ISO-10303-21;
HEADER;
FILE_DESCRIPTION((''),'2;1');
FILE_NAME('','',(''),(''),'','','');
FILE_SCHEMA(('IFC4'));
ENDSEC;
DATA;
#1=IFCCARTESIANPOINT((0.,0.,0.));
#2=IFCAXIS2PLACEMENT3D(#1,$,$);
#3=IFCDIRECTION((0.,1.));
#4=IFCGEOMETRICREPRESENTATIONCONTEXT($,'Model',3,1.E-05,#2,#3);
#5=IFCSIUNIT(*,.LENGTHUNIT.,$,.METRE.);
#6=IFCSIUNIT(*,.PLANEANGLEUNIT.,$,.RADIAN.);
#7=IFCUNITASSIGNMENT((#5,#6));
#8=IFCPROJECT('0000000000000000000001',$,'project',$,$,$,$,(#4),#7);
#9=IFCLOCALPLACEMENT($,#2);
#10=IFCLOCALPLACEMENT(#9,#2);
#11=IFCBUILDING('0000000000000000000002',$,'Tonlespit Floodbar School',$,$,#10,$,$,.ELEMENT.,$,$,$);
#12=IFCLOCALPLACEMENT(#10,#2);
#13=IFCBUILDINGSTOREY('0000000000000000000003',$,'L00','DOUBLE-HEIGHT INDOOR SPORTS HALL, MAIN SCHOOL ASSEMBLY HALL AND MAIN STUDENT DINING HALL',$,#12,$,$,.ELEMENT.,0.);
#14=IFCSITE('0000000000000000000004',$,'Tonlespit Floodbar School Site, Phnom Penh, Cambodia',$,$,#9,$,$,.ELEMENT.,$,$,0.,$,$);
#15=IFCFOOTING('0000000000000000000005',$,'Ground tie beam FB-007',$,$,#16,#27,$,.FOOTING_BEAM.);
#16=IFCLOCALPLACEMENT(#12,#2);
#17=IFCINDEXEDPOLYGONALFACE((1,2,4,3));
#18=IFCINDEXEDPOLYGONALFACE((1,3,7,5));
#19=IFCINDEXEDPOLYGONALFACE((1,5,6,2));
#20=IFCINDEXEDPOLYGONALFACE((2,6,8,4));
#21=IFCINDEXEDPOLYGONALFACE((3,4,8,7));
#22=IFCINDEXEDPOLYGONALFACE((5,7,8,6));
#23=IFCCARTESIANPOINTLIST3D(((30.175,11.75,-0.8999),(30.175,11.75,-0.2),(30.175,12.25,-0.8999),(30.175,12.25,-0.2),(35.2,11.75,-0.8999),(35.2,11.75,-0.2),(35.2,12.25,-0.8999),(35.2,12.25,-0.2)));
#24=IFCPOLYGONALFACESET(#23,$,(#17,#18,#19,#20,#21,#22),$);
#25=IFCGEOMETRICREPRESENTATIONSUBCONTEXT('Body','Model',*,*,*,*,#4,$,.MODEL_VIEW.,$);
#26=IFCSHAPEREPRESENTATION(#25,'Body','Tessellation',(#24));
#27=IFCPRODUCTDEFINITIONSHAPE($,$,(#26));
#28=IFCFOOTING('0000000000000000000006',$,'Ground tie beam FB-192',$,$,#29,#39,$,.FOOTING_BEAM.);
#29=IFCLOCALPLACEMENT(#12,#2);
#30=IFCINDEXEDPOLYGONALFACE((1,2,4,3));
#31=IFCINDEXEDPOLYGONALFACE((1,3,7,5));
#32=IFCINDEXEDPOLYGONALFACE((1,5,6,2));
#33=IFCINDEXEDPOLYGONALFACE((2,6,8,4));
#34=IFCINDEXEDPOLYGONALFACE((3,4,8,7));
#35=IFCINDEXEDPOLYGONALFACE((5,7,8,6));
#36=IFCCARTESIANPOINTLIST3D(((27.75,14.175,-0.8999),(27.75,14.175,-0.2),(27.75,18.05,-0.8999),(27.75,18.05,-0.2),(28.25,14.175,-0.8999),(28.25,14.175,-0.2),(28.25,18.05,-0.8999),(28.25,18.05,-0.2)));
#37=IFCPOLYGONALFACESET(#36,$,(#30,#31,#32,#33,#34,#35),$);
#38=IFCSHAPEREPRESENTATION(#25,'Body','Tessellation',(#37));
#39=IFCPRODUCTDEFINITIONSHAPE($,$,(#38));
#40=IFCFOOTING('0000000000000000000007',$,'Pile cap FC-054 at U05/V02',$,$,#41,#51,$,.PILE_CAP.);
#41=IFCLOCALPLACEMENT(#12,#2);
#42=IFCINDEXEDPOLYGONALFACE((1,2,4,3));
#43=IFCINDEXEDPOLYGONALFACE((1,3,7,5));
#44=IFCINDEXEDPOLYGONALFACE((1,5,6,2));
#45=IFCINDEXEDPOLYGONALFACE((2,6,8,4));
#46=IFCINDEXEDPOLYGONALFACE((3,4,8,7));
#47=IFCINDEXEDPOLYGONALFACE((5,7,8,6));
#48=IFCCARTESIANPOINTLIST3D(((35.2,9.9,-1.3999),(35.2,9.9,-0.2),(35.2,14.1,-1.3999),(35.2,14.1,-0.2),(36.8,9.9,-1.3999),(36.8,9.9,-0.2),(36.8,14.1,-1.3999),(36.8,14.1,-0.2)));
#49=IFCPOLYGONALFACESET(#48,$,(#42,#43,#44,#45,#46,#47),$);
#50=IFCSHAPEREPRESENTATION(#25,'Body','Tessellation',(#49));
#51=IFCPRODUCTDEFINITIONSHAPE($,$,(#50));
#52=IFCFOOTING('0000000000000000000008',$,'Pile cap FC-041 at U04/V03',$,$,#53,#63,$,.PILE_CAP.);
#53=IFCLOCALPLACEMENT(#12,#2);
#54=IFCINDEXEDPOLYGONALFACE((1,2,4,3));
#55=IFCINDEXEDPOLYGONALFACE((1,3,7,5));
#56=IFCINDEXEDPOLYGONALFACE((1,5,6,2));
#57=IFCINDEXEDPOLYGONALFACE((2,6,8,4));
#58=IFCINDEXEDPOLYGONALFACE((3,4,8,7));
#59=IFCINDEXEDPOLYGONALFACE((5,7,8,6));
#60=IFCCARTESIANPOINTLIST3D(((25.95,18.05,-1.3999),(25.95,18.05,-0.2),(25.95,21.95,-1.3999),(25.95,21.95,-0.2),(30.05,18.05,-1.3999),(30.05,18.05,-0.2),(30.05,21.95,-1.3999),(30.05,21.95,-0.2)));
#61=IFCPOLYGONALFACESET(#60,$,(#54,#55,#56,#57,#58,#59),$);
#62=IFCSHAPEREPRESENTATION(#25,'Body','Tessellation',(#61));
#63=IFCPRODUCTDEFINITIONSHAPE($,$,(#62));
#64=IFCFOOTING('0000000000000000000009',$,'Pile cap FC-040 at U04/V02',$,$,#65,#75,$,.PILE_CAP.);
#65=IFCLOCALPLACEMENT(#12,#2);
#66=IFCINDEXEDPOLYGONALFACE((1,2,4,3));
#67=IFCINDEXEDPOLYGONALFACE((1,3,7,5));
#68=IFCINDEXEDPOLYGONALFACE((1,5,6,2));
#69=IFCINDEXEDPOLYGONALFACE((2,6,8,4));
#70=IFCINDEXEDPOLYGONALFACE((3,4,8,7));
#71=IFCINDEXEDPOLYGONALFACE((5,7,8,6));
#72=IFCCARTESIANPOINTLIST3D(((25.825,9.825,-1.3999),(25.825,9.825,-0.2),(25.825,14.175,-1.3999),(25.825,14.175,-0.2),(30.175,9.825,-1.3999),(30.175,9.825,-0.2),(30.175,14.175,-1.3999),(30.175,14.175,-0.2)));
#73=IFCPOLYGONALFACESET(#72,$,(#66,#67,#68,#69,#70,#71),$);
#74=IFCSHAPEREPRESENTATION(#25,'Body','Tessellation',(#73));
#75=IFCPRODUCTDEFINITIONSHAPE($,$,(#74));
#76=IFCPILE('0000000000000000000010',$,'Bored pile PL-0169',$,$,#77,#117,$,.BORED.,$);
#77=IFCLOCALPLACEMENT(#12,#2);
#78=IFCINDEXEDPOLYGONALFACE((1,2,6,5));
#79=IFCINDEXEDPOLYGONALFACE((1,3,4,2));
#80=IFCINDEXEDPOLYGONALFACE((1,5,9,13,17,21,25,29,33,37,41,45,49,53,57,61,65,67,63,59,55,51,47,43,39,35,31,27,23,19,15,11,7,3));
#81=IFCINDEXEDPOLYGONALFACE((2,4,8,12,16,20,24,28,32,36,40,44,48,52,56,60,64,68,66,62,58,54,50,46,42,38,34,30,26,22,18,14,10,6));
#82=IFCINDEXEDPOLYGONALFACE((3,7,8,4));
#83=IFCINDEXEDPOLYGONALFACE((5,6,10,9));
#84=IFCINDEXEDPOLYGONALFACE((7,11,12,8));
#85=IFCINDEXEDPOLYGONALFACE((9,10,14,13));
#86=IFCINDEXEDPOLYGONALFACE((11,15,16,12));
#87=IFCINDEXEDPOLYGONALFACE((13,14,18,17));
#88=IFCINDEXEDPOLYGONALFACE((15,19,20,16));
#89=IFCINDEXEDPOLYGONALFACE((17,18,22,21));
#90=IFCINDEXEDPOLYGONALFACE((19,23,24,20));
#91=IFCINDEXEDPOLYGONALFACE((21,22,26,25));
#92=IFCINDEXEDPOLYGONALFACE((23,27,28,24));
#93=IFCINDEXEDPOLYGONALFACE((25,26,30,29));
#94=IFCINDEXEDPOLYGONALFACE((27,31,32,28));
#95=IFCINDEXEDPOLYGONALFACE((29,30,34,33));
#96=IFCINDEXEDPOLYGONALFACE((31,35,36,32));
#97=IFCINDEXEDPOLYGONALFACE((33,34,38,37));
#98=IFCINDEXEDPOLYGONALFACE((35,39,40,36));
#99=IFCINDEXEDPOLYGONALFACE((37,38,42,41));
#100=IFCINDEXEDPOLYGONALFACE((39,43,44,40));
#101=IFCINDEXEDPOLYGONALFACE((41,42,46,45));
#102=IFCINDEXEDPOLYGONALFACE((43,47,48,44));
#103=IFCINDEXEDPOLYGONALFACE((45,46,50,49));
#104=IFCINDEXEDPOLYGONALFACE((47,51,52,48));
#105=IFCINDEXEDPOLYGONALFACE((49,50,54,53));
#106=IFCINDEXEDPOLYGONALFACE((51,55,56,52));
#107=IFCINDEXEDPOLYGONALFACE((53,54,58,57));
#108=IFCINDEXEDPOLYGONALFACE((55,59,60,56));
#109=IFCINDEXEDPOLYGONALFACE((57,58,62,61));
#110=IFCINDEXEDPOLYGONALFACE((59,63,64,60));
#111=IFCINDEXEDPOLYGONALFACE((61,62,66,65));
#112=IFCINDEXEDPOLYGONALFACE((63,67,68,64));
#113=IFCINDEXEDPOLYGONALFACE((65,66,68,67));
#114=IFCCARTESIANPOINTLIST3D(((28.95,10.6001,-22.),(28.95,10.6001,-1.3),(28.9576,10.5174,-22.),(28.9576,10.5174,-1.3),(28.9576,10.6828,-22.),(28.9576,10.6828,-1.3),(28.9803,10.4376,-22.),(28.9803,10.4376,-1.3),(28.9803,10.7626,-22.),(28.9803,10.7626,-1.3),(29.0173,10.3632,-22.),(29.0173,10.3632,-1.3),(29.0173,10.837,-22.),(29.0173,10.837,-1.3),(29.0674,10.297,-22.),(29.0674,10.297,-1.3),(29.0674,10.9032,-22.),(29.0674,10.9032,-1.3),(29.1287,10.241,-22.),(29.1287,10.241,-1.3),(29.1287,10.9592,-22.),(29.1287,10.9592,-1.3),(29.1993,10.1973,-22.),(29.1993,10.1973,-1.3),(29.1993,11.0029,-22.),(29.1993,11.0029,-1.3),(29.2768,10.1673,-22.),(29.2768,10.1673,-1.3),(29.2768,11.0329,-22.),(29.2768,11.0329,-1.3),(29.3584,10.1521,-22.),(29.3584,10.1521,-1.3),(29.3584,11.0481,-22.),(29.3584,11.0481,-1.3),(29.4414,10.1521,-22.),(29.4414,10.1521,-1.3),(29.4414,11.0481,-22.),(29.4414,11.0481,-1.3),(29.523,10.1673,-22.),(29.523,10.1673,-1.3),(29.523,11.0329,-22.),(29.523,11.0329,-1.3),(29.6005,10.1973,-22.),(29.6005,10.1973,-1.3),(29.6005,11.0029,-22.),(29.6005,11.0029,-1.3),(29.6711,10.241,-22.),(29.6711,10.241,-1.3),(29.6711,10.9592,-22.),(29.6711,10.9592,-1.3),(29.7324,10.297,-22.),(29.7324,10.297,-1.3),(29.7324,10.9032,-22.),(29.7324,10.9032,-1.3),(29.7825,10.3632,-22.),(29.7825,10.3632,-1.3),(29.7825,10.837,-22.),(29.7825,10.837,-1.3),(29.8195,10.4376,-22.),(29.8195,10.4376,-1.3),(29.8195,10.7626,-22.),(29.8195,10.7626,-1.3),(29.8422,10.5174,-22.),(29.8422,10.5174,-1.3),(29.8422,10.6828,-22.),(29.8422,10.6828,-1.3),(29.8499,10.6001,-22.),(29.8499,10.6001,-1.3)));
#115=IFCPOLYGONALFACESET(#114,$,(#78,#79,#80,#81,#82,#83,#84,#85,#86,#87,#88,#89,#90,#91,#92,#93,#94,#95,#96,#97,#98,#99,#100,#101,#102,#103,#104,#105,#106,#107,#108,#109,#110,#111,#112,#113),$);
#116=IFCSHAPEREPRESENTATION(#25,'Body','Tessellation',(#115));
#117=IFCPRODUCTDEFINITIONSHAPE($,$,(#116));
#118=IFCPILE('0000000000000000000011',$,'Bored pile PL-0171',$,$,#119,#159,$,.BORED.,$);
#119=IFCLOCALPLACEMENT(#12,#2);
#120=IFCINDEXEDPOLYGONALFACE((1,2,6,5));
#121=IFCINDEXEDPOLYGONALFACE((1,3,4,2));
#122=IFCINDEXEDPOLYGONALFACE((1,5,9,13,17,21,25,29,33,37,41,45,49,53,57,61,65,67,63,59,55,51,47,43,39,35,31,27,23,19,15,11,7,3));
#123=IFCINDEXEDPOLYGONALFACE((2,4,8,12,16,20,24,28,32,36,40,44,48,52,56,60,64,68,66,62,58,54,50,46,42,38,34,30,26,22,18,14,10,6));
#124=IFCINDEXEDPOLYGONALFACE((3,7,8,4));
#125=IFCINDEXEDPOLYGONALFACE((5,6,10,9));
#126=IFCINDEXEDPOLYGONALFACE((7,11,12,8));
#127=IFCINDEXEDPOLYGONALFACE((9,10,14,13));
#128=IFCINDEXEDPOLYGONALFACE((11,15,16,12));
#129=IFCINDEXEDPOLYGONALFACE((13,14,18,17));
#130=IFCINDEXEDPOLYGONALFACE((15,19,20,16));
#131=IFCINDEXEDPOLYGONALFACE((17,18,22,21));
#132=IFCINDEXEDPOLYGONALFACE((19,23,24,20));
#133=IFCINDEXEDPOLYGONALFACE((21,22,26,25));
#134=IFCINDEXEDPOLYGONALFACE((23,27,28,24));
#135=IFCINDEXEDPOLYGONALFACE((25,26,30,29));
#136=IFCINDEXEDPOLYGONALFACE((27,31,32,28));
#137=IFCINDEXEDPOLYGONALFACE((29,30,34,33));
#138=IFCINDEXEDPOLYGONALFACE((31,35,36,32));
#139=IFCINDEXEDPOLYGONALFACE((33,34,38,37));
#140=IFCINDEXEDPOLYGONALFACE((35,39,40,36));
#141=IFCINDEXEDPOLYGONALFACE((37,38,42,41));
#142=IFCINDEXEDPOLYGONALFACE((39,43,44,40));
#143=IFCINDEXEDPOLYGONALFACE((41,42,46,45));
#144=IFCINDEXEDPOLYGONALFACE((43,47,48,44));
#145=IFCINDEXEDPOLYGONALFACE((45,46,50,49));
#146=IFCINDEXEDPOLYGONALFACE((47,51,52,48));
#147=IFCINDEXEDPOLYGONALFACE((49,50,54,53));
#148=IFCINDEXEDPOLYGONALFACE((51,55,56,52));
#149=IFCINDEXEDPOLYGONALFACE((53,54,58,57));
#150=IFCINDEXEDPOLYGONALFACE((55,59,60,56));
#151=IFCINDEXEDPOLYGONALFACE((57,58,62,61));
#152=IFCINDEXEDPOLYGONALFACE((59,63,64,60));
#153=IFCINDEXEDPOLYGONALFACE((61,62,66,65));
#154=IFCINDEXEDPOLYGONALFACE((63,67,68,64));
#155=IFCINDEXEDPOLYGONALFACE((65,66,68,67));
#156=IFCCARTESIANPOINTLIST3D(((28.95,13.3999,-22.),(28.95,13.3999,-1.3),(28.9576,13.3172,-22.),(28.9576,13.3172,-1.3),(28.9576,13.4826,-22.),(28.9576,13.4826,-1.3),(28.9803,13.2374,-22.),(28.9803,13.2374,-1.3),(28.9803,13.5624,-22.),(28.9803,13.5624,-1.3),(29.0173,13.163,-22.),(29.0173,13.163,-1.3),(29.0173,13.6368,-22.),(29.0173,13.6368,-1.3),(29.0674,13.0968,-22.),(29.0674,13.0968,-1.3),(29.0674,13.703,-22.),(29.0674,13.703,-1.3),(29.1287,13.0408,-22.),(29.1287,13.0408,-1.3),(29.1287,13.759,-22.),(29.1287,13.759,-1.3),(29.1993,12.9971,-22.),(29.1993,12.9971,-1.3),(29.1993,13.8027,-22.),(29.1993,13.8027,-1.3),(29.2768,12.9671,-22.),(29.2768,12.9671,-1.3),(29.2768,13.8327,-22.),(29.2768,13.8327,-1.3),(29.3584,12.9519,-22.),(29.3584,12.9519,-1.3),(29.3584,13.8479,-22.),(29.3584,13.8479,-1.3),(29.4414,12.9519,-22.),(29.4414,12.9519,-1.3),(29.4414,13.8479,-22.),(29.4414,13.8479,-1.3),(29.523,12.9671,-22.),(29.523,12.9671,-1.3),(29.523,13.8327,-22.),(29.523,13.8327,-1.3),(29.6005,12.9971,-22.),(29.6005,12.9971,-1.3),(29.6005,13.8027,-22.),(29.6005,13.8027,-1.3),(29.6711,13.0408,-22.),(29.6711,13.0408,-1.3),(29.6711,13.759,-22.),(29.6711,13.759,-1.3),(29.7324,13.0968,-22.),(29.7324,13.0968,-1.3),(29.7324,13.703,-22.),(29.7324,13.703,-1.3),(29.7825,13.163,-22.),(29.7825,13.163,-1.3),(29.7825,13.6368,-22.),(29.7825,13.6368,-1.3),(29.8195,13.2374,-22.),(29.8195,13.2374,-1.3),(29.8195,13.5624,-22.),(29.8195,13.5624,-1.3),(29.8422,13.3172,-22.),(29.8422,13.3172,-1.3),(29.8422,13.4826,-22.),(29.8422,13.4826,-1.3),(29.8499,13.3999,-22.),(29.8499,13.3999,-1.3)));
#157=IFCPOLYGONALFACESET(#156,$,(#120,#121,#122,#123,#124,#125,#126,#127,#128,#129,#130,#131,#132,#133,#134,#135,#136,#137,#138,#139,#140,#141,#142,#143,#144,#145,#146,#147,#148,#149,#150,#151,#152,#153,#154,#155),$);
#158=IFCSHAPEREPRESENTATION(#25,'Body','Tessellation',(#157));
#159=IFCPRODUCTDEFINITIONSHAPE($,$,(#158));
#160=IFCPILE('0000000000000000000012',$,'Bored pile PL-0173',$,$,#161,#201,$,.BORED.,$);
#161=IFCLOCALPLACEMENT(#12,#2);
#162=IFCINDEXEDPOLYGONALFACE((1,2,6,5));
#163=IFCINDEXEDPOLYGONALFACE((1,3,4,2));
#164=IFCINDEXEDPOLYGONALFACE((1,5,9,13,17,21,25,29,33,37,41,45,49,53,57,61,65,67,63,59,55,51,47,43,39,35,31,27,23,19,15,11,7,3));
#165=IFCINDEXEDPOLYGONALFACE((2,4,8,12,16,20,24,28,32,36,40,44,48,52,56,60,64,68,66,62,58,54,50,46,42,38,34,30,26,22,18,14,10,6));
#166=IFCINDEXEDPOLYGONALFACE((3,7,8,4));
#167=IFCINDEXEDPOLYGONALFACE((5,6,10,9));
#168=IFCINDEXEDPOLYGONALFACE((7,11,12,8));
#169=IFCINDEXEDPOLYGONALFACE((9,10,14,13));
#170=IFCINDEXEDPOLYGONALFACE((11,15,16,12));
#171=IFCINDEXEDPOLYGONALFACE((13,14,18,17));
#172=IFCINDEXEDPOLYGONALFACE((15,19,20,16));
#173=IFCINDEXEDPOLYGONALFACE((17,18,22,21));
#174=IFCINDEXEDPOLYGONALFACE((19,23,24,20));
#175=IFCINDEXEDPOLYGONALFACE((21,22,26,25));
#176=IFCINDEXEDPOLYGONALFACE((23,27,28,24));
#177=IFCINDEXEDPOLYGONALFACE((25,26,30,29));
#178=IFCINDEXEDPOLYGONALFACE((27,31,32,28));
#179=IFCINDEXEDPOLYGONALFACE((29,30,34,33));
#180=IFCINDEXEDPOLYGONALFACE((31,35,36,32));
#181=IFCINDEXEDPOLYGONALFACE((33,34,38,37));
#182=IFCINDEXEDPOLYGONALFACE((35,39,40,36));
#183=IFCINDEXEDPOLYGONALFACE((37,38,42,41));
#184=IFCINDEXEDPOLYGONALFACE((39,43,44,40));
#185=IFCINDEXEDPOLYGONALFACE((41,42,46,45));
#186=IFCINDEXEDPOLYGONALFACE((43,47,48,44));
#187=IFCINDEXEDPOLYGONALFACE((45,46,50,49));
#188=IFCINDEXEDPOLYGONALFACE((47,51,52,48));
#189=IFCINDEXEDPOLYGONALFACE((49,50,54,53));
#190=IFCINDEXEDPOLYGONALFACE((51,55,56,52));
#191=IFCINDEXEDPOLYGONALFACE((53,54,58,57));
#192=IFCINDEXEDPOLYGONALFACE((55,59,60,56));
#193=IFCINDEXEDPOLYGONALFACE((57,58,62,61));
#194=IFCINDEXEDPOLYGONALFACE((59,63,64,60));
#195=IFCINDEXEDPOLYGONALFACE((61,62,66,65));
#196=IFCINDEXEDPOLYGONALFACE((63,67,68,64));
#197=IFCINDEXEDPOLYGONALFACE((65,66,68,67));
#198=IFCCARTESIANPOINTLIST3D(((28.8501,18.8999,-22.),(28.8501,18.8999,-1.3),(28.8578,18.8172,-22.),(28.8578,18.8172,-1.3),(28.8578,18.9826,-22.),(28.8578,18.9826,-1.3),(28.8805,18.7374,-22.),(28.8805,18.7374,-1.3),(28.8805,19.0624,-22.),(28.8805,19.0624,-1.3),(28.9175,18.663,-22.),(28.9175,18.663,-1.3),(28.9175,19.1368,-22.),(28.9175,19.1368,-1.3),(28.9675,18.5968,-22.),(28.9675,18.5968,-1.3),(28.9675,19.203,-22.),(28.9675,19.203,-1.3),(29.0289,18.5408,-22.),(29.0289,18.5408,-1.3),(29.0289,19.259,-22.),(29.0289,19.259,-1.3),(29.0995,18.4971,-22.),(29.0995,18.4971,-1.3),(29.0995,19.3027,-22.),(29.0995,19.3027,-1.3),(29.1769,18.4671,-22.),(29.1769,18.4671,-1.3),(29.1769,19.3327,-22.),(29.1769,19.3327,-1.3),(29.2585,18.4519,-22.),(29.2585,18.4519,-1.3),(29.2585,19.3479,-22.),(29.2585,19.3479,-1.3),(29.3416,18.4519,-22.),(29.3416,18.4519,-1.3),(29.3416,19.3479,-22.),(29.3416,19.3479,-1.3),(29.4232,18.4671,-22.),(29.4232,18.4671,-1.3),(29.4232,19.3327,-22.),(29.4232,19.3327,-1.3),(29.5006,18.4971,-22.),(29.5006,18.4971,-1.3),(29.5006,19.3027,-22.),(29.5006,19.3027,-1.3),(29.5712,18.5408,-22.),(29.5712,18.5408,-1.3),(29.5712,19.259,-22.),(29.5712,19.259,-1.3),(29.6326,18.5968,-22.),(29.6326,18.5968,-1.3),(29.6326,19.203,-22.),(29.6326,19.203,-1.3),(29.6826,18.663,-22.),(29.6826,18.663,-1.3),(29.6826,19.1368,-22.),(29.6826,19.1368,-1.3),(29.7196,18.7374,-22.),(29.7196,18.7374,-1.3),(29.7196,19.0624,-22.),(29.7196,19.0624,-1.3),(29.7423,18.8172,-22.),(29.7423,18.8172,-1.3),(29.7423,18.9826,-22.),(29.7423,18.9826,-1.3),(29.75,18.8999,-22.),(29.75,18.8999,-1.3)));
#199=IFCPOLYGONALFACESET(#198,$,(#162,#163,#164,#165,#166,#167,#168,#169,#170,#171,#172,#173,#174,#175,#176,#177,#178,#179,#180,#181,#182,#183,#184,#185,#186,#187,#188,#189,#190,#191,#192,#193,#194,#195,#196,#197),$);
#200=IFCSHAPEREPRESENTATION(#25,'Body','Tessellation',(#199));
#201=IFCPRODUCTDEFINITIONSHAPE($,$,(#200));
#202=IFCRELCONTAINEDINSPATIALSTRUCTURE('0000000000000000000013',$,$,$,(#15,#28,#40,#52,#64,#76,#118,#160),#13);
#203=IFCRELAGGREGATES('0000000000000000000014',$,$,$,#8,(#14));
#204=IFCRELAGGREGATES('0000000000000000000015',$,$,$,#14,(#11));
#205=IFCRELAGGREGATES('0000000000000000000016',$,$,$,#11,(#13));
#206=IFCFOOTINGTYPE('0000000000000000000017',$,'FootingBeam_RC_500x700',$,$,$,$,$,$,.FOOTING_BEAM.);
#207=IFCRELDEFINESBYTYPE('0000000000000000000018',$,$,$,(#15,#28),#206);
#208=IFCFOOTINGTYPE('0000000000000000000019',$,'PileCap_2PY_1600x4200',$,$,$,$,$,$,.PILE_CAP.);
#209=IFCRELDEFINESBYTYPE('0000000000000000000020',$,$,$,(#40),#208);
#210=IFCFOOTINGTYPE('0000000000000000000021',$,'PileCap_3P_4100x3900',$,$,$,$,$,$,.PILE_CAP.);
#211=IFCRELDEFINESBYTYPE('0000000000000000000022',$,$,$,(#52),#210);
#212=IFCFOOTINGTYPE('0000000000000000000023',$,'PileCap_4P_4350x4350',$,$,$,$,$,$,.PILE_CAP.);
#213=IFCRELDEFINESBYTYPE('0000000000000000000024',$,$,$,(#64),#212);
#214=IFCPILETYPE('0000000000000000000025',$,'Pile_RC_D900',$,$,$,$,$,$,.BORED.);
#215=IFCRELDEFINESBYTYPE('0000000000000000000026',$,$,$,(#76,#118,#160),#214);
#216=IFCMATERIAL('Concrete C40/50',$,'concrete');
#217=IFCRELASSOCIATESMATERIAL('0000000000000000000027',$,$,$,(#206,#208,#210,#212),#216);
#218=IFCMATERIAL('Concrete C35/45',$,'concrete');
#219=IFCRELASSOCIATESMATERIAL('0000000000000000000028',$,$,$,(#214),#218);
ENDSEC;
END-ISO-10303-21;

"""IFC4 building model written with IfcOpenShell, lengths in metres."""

from ifc_helpers import new_model, si_unit, direction, frame, origin, origin_2d, place, context, subcontext, project, spatial, rectangle, circle, extrude, material, material_profile, profile_set, type_object, element, save


model = new_model("IFC4")

# Units and contexts
model_context = context("Model", 3, precision=1e-05, world=origin(), true_north=direction((0.0, 1.0)))
body_context = subcontext(model_context, "Body", "Model", "MODEL_VIEW")
ifc_project = project(units=[si_unit("LENGTHUNIT", "METRE"), si_unit("PLANEANGLEUNIT", "RADIAN")], contexts=[model_context])

# Site, building, storey
site_placement = place(None, origin())
site = spatial("IfcSite", under=ifc_project, at=site_placement, Name="Tonlespit Floodbar School Site, Phnom Penh, Cambodia", CompositionType="ELEMENT", RefElevation=0.0)
building_placement = place(site_placement, origin())
building = spatial("IfcBuilding", under=site, at=building_placement, Name="Tonlespit Floodbar School", CompositionType="ELEMENT")
storey_placement = place(building_placement, origin())
storey = spatial("IfcBuildingStorey", under=building, at=storey_placement, Name="L00", Description="DOUBLE-HEIGHT INDOOR SPORTS HALL, MAIN SCHOOL ASSEMBLY HALL AND MAIN STUDENT DINING HALL", CompositionType="ELEMENT", Elevation=0.0)

# Footings
ifc_material_1 = material(Name="Concrete C40/50", Category="concrete")
footing_type_1 = type_object("IfcFootingType", Name="FootingBeam_RC_500x700", PredefinedType="FOOTING_BEAM", material=ifc_material_1)
footing_1_placement = place(storey_placement, frame((32.6875, 12.0, -0.8999), z_axis=(0.0, 0.0, 1.0), x_axis=(1.0, 0.0, 0.0)))
element("IfcFooting", 1, at=footing_1_placement, inside=storey, type_object=footing_type_1, Name="Ground tie beam FB-007", PredefinedType="FOOTING_BEAM", context=body_context, shape_type="SweptSolid", body=[
    extrude(rectangle(XDim=5.0249, YDim=0.5, at=origin_2d()), origin(), (0.0, 0.0, 1.0), 0.7),
])
footing_2_placement = place(storey_placement, frame((28.0, 16.1125, -0.8999), z_axis=(0.0, 0.0, 1.0), x_axis=(0.0, 1.0, 0.0)))
element("IfcFooting", 2, at=footing_2_placement, inside=storey, type_object=footing_type_1, Name="Ground tie beam FB-192", PredefinedType="FOOTING_BEAM", context=body_context, shape_type="SweptSolid", body=[
    extrude(rectangle(XDim=3.875, YDim=0.5, at=origin_2d()), origin(), (0.0, 0.0, 1.0), 0.7),
])
footing_type_2 = type_object("IfcFootingType", Name="PileCap_2PY_1600x4200", PredefinedType="PILE_CAP", material=ifc_material_1)
footing_3_placement = place(storey_placement, frame((36.0, 12.0, -1.3999), z_axis=(0.0, 0.0, 1.0), x_axis=(1.0, 0.0, 0.0)))
element("IfcFooting", 3, at=footing_3_placement, inside=storey, type_object=footing_type_2, Name="Pile cap FC-054 at U05/V02", PredefinedType="PILE_CAP", context=body_context, shape_type="SweptSolid", body=[
    extrude(rectangle(XDim=1.6001, YDim=4.2, at=origin_2d()), origin(), (0.0, 0.0, 1.0), 1.2),
])
footing_type_3 = type_object("IfcFootingType", Name="PileCap_3P_4100x3900", PredefinedType="PILE_CAP", material=ifc_material_1)
footing_4_placement = place(storey_placement, frame((28.0, 20.0, -1.3999), z_axis=(0.0, 0.0, 1.0), x_axis=(1.0, 0.0, 0.0)))
element("IfcFooting", 4, at=footing_4_placement, inside=storey, type_object=footing_type_3, Name="Pile cap FC-041 at U04/V03", PredefinedType="PILE_CAP", context=body_context, shape_type="SweptSolid", body=[
    extrude(rectangle(XDim=4.1001, YDim=3.8999, at=origin_2d()), origin(), (0.0, 0.0, 1.0), 1.2),
])
footing_type_4 = type_object("IfcFootingType", Name="PileCap_4P_4350x4350", PredefinedType="PILE_CAP", material=ifc_material_1)
footing_5_placement = place(storey_placement, frame((28.0, 12.0, -1.3999), z_axis=(0.0, 0.0, 1.0), x_axis=(1.0, 0.0, 0.0)))
element("IfcFooting", 5, at=footing_5_placement, inside=storey, type_object=footing_type_4, Name="Pile cap FC-040 at U04/V02", PredefinedType="PILE_CAP", context=body_context, shape_type="SweptSolid", body=[
    extrude(rectangle(XDim=4.3501, YDim=4.3501, at=origin_2d()), origin(), (0.0, 0.0, 1.0), 1.2),
])

# Piles
ifc_material_2 = material(Name="Concrete C35/45", Category="concrete")
ifc_material_profile_1 = material_profile(ifc_material_2, circle(Radius=0.45, at=origin_2d()), Name="BP D900")
ifc_profile_set_1 = profile_set([ifc_material_profile_1], Name="Concrete C35/45")
pile_type = type_object("IfcPileType", Name="Pile_RC_D900", PredefinedType="BORED", material=ifc_profile_set_1)
for number, where, z_axis, x_axis, name in (
    (6, (29.3999, 10.6001, -1.3), (0.0, 0.0, -1.0), (1.0, 0.0, 0.0), "Bored pile PL-0169"),
    (7, (29.3999, 13.3999, -1.3), (0.0, 0.0, -1.0), (1.0, 0.0, 0.0), "Bored pile PL-0171"),
    (8, (29.3, 18.8999, -1.3), (0.0, 0.0, -1.0), (1.0, 0.0, 0.0), "Bored pile PL-0173"),
):
    element("IfcPile", number, at=place(storey_placement, frame(where, z_axis=z_axis, x_axis=x_axis)), inside=storey, type_object=pile_type, Name=name, PredefinedType="BORED", context=body_context, shape_type="SweptSolid", body=[
        extrude(circle(Radius=0.45, at=origin_2d()), origin(), (0.0, 0.0, 1.0), 20.7),
    ])

save(model, "model.ifc")
